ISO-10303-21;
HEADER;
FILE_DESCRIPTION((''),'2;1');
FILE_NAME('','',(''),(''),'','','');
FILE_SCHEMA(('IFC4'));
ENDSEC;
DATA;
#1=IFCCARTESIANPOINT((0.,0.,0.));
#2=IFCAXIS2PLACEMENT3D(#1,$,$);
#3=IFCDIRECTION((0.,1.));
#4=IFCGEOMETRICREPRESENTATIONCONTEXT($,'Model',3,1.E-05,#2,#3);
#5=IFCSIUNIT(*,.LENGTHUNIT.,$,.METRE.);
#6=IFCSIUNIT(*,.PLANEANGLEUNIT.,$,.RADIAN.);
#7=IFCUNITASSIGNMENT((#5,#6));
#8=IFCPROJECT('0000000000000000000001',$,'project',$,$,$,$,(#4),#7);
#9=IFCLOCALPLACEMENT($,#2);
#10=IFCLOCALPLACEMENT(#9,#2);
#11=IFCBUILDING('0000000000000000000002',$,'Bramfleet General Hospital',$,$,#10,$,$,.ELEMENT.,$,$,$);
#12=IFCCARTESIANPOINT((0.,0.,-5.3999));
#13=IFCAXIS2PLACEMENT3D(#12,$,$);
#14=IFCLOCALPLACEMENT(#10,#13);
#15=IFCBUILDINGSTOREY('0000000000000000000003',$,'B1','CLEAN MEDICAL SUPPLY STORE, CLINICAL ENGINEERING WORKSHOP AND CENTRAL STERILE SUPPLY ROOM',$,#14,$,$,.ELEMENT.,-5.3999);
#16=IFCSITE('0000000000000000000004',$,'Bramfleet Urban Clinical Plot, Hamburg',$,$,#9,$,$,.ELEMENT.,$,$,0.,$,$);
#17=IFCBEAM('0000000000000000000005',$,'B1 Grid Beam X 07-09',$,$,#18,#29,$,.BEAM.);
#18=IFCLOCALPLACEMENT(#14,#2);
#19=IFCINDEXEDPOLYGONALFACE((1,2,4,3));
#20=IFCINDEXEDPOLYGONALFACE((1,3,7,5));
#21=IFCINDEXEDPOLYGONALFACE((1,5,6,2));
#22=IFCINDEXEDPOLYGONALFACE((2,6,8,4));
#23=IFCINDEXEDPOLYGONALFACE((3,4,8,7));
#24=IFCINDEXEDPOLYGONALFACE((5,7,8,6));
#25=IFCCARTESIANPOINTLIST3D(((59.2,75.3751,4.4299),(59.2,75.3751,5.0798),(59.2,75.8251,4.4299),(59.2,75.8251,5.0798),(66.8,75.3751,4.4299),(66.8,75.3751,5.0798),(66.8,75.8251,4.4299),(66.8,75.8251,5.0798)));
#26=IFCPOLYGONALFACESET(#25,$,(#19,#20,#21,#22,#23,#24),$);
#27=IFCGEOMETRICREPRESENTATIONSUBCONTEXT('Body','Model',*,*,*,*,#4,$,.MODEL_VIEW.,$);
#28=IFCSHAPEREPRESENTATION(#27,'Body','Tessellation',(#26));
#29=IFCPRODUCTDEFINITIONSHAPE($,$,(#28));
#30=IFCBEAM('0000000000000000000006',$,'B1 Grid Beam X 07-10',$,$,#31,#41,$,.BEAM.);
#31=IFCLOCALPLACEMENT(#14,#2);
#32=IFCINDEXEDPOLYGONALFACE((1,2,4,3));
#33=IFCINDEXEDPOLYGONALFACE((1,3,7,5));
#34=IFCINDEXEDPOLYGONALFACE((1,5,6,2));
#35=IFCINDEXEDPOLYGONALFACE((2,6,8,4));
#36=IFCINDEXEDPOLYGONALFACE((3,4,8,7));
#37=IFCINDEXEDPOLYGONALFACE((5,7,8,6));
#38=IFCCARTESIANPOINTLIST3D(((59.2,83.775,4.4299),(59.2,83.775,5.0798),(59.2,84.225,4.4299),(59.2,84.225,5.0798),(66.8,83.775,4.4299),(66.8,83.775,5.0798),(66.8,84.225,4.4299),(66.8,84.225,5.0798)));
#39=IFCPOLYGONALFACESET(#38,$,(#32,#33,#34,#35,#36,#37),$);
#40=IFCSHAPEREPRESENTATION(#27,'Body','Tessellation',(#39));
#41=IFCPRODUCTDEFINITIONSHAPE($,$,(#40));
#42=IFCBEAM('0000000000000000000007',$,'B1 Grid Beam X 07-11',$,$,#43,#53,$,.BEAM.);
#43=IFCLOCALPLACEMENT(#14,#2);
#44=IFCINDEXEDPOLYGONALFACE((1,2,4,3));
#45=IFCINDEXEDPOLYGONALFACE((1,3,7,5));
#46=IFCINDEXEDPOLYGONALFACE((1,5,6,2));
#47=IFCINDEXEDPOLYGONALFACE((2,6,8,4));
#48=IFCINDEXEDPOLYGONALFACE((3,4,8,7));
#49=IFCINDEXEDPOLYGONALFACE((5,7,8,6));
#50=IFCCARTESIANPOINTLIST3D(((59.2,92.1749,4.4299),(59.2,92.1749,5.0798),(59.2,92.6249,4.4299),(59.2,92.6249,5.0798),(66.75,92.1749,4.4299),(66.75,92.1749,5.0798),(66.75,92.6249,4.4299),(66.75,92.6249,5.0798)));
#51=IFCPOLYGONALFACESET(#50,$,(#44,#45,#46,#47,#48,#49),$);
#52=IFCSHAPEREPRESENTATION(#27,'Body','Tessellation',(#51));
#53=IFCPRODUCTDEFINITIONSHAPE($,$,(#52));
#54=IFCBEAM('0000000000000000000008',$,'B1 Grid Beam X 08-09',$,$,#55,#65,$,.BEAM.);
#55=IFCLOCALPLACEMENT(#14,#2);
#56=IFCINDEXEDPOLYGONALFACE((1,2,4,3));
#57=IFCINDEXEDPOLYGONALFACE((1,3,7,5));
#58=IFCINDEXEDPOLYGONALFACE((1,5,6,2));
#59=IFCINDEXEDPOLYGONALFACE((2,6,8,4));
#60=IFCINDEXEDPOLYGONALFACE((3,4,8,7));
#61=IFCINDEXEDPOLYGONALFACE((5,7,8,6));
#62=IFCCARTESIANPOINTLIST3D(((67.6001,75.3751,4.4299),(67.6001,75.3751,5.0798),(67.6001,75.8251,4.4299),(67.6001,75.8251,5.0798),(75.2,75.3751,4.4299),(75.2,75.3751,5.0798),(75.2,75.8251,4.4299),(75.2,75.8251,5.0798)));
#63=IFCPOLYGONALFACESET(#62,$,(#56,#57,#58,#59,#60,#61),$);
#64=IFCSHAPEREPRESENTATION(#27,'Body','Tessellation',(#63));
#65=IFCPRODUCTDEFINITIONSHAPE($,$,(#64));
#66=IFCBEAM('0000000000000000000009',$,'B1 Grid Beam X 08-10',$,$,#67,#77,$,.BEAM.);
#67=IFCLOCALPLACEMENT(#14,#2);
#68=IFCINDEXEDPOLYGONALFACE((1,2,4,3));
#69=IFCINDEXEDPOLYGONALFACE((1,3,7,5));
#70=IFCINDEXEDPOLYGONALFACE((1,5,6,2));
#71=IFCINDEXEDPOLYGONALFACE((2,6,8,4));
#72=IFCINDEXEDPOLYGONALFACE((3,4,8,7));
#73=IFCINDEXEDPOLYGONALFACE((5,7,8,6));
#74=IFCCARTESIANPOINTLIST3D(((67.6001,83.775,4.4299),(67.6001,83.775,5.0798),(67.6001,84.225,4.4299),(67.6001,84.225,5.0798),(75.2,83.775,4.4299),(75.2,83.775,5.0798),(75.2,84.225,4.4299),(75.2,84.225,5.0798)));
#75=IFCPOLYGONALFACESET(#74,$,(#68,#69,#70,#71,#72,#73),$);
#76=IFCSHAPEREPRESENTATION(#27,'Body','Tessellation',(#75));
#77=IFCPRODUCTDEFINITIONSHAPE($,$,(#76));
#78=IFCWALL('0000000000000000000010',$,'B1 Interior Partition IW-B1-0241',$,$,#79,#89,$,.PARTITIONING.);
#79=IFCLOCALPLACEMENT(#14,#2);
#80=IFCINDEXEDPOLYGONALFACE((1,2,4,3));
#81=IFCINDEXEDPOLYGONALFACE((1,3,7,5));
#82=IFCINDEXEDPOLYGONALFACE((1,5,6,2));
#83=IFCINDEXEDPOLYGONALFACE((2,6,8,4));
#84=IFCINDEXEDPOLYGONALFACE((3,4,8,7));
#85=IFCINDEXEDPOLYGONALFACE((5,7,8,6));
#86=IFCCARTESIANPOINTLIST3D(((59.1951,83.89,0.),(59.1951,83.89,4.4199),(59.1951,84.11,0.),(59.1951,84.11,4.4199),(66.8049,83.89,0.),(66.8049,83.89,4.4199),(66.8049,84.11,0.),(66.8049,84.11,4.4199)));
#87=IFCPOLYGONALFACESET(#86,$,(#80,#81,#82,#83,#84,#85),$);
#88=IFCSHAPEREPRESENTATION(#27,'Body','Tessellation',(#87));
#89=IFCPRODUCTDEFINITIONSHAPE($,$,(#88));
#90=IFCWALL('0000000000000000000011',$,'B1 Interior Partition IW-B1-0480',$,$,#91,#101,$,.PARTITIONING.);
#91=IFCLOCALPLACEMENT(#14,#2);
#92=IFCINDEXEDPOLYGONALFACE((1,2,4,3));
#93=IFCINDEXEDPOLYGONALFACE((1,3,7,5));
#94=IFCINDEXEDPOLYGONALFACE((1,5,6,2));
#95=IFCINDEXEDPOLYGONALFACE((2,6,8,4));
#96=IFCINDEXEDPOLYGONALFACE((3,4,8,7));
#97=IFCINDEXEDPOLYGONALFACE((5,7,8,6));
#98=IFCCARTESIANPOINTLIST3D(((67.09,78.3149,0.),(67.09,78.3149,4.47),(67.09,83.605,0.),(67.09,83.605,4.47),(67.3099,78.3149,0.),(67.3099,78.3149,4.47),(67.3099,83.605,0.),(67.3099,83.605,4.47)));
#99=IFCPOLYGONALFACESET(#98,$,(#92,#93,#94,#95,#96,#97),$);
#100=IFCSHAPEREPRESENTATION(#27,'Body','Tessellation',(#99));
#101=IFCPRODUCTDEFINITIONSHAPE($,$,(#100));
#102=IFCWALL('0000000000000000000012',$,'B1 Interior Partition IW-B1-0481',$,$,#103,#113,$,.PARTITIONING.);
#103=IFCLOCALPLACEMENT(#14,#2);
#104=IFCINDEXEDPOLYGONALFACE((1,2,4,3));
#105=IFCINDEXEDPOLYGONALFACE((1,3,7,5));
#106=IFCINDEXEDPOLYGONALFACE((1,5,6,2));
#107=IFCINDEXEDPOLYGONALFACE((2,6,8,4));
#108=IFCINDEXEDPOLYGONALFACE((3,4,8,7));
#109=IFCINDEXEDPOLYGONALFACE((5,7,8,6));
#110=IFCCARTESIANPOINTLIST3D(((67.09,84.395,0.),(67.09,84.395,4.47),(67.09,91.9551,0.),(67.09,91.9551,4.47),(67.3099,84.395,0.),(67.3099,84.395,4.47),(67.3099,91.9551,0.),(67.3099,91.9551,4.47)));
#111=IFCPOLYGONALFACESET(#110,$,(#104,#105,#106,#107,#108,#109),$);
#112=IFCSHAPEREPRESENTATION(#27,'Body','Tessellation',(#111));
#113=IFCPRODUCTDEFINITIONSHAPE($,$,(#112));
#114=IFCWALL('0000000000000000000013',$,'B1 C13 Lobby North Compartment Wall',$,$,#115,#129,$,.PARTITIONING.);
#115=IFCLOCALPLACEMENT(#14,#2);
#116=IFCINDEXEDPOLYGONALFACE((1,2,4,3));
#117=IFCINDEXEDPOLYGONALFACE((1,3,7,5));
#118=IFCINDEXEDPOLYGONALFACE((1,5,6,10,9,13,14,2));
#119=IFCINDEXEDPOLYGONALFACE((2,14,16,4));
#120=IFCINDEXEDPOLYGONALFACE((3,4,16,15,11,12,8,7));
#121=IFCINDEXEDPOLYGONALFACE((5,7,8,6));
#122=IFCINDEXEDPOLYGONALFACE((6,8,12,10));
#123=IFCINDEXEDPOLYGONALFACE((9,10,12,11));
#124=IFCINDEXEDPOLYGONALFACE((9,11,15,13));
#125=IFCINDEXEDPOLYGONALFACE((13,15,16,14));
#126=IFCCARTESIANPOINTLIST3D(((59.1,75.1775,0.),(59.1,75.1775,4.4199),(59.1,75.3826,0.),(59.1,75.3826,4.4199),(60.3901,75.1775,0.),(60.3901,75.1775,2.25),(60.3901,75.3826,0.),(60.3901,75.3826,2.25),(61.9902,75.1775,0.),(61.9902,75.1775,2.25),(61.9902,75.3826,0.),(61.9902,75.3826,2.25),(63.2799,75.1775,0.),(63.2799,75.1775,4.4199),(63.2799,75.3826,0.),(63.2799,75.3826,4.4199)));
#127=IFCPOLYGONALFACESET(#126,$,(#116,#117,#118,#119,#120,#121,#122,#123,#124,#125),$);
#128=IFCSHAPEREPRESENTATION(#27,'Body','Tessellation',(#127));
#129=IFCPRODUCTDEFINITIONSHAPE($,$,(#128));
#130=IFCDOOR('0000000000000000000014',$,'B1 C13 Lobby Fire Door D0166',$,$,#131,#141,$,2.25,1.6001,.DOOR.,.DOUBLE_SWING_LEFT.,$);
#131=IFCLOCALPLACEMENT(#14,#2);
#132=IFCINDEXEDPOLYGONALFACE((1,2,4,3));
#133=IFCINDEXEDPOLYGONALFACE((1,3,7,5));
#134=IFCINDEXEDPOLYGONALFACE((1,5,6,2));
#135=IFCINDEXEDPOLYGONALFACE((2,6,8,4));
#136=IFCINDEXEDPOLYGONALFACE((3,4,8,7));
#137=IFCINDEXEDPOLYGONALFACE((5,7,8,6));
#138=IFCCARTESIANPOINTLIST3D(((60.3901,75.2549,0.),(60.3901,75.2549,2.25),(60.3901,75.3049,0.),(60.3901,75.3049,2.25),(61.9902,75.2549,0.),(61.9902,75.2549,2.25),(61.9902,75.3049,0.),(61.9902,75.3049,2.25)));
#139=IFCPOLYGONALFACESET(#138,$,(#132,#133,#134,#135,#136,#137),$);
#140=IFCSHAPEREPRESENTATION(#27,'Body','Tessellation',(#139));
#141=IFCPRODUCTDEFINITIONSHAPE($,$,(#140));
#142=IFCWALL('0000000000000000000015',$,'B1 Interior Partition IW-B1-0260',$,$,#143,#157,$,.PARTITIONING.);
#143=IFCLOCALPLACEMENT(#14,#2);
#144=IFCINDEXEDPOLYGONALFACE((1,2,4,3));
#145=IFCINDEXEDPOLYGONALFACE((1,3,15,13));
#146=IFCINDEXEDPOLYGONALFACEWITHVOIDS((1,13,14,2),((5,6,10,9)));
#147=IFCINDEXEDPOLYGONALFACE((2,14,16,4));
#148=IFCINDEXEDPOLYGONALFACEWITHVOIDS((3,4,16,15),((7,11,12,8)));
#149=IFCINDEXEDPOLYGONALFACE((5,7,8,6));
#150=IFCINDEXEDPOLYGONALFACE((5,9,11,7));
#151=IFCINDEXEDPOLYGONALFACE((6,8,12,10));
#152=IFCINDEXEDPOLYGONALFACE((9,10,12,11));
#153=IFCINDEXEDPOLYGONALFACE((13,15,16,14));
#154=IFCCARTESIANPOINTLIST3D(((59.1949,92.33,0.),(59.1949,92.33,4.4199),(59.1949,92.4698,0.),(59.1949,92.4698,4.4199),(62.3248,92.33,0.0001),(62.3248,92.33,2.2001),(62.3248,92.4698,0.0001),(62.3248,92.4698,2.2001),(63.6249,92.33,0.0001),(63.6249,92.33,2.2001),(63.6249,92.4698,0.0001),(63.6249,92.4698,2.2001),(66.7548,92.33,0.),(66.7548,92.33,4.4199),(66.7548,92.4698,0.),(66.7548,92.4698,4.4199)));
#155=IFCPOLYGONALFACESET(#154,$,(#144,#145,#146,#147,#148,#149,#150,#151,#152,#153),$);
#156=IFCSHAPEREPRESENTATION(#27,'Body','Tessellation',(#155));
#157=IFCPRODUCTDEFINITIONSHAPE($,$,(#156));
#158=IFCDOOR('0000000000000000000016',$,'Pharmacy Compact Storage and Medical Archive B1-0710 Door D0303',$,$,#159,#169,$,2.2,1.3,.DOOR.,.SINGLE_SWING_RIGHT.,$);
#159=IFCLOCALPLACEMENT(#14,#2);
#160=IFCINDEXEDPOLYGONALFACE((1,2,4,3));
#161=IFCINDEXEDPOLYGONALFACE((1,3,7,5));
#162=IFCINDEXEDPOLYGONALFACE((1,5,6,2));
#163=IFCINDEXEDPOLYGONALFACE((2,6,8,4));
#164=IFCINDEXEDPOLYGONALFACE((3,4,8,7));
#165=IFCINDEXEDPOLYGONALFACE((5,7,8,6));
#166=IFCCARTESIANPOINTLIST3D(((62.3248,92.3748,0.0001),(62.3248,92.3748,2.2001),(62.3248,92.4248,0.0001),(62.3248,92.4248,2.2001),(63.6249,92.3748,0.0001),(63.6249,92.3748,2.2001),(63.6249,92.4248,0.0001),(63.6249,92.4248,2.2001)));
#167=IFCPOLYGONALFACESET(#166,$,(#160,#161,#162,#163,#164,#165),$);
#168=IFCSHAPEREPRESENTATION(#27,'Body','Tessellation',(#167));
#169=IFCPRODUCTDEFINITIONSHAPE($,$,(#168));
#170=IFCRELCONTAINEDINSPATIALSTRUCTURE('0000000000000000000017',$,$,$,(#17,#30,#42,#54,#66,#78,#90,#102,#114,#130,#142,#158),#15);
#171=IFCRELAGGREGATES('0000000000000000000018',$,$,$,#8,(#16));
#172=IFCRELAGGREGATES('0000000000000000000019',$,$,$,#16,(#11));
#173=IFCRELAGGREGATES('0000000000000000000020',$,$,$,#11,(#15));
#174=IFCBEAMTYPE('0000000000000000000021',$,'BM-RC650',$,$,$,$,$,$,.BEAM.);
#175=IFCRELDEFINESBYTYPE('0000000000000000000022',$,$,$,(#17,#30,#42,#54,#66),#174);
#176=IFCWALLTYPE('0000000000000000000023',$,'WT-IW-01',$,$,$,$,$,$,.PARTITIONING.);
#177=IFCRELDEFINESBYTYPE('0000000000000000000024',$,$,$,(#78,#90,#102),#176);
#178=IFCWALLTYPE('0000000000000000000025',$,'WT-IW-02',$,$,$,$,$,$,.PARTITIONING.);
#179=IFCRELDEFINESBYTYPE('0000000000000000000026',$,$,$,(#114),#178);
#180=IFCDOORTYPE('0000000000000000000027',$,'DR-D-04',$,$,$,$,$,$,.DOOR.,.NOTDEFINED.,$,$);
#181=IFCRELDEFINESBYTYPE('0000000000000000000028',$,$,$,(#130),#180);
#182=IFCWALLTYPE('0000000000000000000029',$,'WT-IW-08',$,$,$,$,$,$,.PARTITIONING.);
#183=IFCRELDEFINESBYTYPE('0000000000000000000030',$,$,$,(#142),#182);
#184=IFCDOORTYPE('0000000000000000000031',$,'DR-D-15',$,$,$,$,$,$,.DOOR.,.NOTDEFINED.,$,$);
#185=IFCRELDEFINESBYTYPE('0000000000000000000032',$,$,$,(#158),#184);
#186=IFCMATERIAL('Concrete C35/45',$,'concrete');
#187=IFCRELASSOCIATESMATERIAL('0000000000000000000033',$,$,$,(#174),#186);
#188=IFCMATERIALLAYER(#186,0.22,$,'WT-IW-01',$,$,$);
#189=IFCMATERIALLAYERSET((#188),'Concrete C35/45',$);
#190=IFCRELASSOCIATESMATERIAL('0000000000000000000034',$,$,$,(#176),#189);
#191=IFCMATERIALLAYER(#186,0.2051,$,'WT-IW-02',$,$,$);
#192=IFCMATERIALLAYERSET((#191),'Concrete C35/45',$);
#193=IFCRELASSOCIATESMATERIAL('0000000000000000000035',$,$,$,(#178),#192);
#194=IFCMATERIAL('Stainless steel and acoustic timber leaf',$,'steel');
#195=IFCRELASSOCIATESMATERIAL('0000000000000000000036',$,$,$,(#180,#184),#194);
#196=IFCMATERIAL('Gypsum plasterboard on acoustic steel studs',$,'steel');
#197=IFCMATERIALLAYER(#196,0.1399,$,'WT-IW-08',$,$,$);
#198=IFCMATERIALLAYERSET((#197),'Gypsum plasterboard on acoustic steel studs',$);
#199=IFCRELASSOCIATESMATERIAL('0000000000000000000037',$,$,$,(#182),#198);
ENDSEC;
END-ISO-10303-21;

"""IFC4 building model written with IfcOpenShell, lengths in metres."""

from ifc_helpers import new_model, si_unit, direction, frame, frame_2d, origin, origin_2d, place, context, subcontext, project, spatial, rectangle, extrude, material, layer, layer_set, material_profile, profile_set, type_object, element, fill, save


model = new_model("IFC4")

# Units and contexts
model_context = context("Model", 3, precision=1e-05, world=origin(), true_north=direction((0.0, 1.0)))
body_context = subcontext(model_context, "Body", "Model", "MODEL_VIEW")
ifc_project = project(units=[si_unit("LENGTHUNIT", "METRE"), si_unit("PLANEANGLEUNIT", "RADIAN")], contexts=[model_context])

# Site, building, storey
site_placement = place(None, origin())
site = spatial("IfcSite", under=ifc_project, at=site_placement, Name="Bramfleet Urban Clinical Plot, Hamburg", CompositionType="ELEMENT", RefElevation=0.0)
building_placement = place(site_placement, origin())
building = spatial("IfcBuilding", under=site, at=building_placement, Name="Bramfleet General Hospital", CompositionType="ELEMENT")
storey_placement = place(building_placement, frame((0.0, 0.0, -5.3999)))
storey = spatial("IfcBuildingStorey", under=building, at=storey_placement, Name="B1", Description="CLEAN MEDICAL SUPPLY STORE, CLINICAL ENGINEERING WORKSHOP AND CENTRAL STERILE SUPPLY ROOM", CompositionType="ELEMENT", Elevation=-5.3999)

# Shared definitions
ifc_material_1 = material(Name="Concrete C35/45", Category="concrete")

# Beams
ifc_material_profile_1 = material_profile(ifc_material_1, rectangle(XDim=0.45, YDim=0.6499, at=origin_2d()), Name="RC BM 650x450")
ifc_profile_set_1 = profile_set([ifc_material_profile_1], Name="Concrete C35/45")
beam_type_1 = type_object("IfcBeamType", Name="BM-RC650", PredefinedType="BEAM", material=ifc_profile_set_1)
for number, where, z_axis, x_axis, name in (
    (1, (59.2, 75.6001, 4.7549), (1.0, 0.0, 0.0), (0.0, 1.0, 0.0), "B1 Grid Beam X 07-09"),
    (2, (59.2, 84.0, 4.7549), (1.0, 0.0, 0.0), (0.0, 1.0, 0.0), "B1 Grid Beam X 07-10"),
):
    element("IfcBeam", number, at=place(storey_placement, frame(where, z_axis=z_axis, x_axis=x_axis)), inside=storey, type_object=beam_type_1, Name=name, PredefinedType="BEAM", context=body_context, shape_type="SweptSolid", body=[
        extrude(rectangle(XDim=0.45, YDim=0.6499, at=origin_2d()), origin(), (0.0, 0.0, 1.0), 7.6001),
    ])
beam_1_placement = place(storey_placement, frame((59.2, 92.3999, 4.7549), z_axis=(1.0, 0.0, 0.0), x_axis=(0.0, 1.0, 0.0)))
element("IfcBeam", 3, at=beam_1_placement, inside=storey, type_object=beam_type_1, Name="B1 Grid Beam X 07-11", PredefinedType="BEAM", context=body_context, shape_type="SweptSolid", body=[
    extrude(rectangle(XDim=0.45, YDim=0.6499, at=origin_2d()), origin(), (0.0, 0.0, 1.0), 7.55),
])
for number, where, z_axis, x_axis, name in (
    (4, (67.6001, 75.6001, 4.7549), (1.0, 0.0, 0.0), (0.0, 1.0, 0.0), "B1 Grid Beam X 08-09"),
    (5, (67.6001, 84.0, 4.7549), (1.0, 0.0, 0.0), (0.0, 1.0, 0.0), "B1 Grid Beam X 08-10"),
):
    element("IfcBeam", number, at=place(storey_placement, frame(where, z_axis=z_axis, x_axis=x_axis)), inside=storey, type_object=beam_type_1, Name=name, PredefinedType="BEAM", context=body_context, shape_type="SweptSolid", body=[
        extrude(rectangle(XDim=0.45, YDim=0.6499, at=origin_2d()), origin(), (0.0, 0.0, 1.0), 7.5999),
    ])

# Walls
ifc_layer_1 = layer(ifc_material_1, 0.22, Name="WT-IW-01")
ifc_layer_set_1 = layer_set([ifc_layer_1], Name="Concrete C35/45")
wall_type_1 = type_object("IfcWallType", Name="WT-IW-01", PredefinedType="PARTITIONING", material=ifc_layer_set_1)
wall_1_placement = place(storey_placement, frame((59.1951, 84.0, 0.0), z_axis=(0.0, 0.0, 1.0), x_axis=(1.0, 0.0, 0.0)))
element("IfcWall", 6, at=wall_1_placement, inside=storey, type_object=wall_type_1, Name="B1 Interior Partition IW-B1-0241", PredefinedType="PARTITIONING", context=body_context, shape_type="SweptSolid", body=[
    extrude(rectangle(XDim=7.6099, YDim=0.22, at=frame_2d((3.8049, 0.0))), origin(), (0.0, 0.0, 1.0), 4.4199),
])
wall_2_placement = place(storey_placement, frame((67.2, 78.3149, 0.0), z_axis=(0.0, 0.0, 1.0), x_axis=(0.0, 1.0, 0.0)))
element("IfcWall", 7, at=wall_2_placement, inside=storey, type_object=wall_type_1, Name="B1 Interior Partition IW-B1-0480", PredefinedType="PARTITIONING", context=body_context, shape_type="SweptSolid", body=[
    extrude(rectangle(XDim=5.29, YDim=0.22, at=frame_2d((2.645, 0.0))), origin(), (0.0, 0.0, 1.0), 4.47),
])
wall_3_placement = place(storey_placement, frame((67.2, 84.395, 0.0), z_axis=(0.0, 0.0, 1.0), x_axis=(0.0, 1.0, 0.0)))
element("IfcWall", 8, at=wall_3_placement, inside=storey, type_object=wall_type_1, Name="B1 Interior Partition IW-B1-0481", PredefinedType="PARTITIONING", context=body_context, shape_type="SweptSolid", body=[
    extrude(rectangle(XDim=7.5601, YDim=0.22, at=frame_2d((3.78, 0.0))), origin(), (0.0, 0.0, 1.0), 4.47),
])

# Walls, openings, doors
ifc_layer_2 = layer(ifc_material_1, 0.2051, Name="WT-IW-02")
ifc_layer_set_2 = layer_set([ifc_layer_2], Name="Concrete C35/45")
wall_type_2 = type_object("IfcWallType", Name="WT-IW-02", PredefinedType="PARTITIONING", material=ifc_layer_set_2)
wall_4_placement = place(storey_placement, frame((59.1001, 75.28, 0.0), z_axis=(0.0, 0.0, 1.0), x_axis=(1.0, 0.0, 0.0)))
wall_4 = element("IfcWall", 9, at=wall_4_placement, inside=storey, type_object=wall_type_2, Name="B1 C13 Lobby North Compartment Wall", PredefinedType="PARTITIONING", context=body_context, shape_type="SweptSolid", body=[
    extrude(rectangle(XDim=4.1799, YDim=0.2051, at=frame_2d((2.0898, 0.0))), origin(), (0.0, 0.0, 1.0), 4.4199),
])
opening_1_placement = place(wall_4_placement, frame((1.29, 0.0, 0.0)))
opening_1 = element("IfcOpeningElement", 10, at=opening_1_placement, cuts=wall_4, PredefinedType="OPENING", context=body_context, shape_type="SweptSolid", body=[
    extrude(rectangle(XDim=1.6001, YDim=2.25, at=frame_2d((0.8, 1.125))), frame((0.0, 0.1125, 0.0), z_axis=(0.0, -1.0, 0.0), x_axis=(1.0, 0.0, 0.0)), (0.0, 0.0, 1.0), 0.2251),
])
ifc_material_2 = material(Name="Stainless steel and acoustic timber leaf", Category="steel")
door_type_1 = type_object("IfcDoorType", Name="DR-D-04", OperationType="NOTDEFINED", PredefinedType="DOOR", material=ifc_material_2)
door_1_placement = place(opening_1_placement, origin())
door_1 = element("IfcDoor", 11, at=door_1_placement, inside=storey, type_object=door_type_1, Name="B1 C13 Lobby Fire Door D0166", OperationType="DOUBLE_SWING_LEFT", OverallHeight=2.25, OverallWidth=1.6001, PredefinedType="DOOR", context=body_context, shape_type="SweptSolid", body=[
    extrude(rectangle(XDim=1.6001, YDim=2.25, at=frame_2d((0.8, 1.125))), frame((0.0, 0.0249, 0.0), z_axis=(0.0, -1.0, 0.0), x_axis=(1.0, 0.0, 0.0)), (0.0, 0.0, 1.0), 0.05),
])
fill(opening_1, door_1)
ifc_material_3 = material(Name="Gypsum plasterboard on acoustic steel studs", Category="steel")
ifc_layer_3 = layer(ifc_material_3, 0.1399, Name="WT-IW-08")
ifc_layer_set_3 = layer_set([ifc_layer_3], Name="Gypsum plasterboard on acoustic steel studs")
wall_type_3 = type_object("IfcWallType", Name="WT-IW-08", PredefinedType="PARTITIONING", material=ifc_layer_set_3)
wall_5_placement = place(storey_placement, frame((59.1951, 92.3999, 0.0), z_axis=(0.0, 0.0, 1.0), x_axis=(1.0, 0.0, 0.0)))
wall_5 = element("IfcWall", 12, at=wall_5_placement, inside=storey, type_object=wall_type_3, Name="B1 Interior Partition IW-B1-0260", PredefinedType="PARTITIONING", context=body_context, shape_type="SweptSolid", body=[
    extrude(rectangle(XDim=7.5598, YDim=0.1399, at=frame_2d((3.7798, 0.0))), origin(), (0.0, 0.0, 1.0), 4.4199),
])
opening_2_placement = place(wall_5_placement, frame((3.1299, 0.0, 0.0)))
opening_2 = element("IfcOpeningElement", 13, at=opening_2_placement, cuts=wall_5, PredefinedType="OPENING", context=body_context, shape_type="SweptSolid", body=[
    extrude(rectangle(XDim=1.3, YDim=2.2, at=frame_2d((0.6499, 1.1001))), frame((0.0, 0.0798, 0.0), z_axis=(0.0, -1.0, 0.0), x_axis=(1.0, 0.0, 0.0)), (0.0, 0.0, 1.0), 0.1599),
])
door_type_2 = type_object("IfcDoorType", Name="DR-D-15", OperationType="NOTDEFINED", PredefinedType="DOOR", material=ifc_material_2)
door_2_placement = place(opening_2_placement, origin())
door_2 = element("IfcDoor", 14, at=door_2_placement, inside=storey, type_object=door_type_2, Name="Pharmacy Compact Storage and Medical Archive B1-0710 Door D0303", OperationType="SINGLE_SWING_RIGHT", OverallHeight=2.2, OverallWidth=1.3, PredefinedType="DOOR", context=body_context, shape_type="SweptSolid", body=[
    extrude(rectangle(XDim=1.3, YDim=2.2, at=frame_2d((0.6499, 1.1001))), frame((0.0, 0.0249, 0.0), z_axis=(0.0, -1.0, 0.0), x_axis=(1.0, 0.0, 0.0)), (0.0, 0.0, 1.0), 0.05),
])
fill(opening_2, door_2)

save(model, "model.ifc")
